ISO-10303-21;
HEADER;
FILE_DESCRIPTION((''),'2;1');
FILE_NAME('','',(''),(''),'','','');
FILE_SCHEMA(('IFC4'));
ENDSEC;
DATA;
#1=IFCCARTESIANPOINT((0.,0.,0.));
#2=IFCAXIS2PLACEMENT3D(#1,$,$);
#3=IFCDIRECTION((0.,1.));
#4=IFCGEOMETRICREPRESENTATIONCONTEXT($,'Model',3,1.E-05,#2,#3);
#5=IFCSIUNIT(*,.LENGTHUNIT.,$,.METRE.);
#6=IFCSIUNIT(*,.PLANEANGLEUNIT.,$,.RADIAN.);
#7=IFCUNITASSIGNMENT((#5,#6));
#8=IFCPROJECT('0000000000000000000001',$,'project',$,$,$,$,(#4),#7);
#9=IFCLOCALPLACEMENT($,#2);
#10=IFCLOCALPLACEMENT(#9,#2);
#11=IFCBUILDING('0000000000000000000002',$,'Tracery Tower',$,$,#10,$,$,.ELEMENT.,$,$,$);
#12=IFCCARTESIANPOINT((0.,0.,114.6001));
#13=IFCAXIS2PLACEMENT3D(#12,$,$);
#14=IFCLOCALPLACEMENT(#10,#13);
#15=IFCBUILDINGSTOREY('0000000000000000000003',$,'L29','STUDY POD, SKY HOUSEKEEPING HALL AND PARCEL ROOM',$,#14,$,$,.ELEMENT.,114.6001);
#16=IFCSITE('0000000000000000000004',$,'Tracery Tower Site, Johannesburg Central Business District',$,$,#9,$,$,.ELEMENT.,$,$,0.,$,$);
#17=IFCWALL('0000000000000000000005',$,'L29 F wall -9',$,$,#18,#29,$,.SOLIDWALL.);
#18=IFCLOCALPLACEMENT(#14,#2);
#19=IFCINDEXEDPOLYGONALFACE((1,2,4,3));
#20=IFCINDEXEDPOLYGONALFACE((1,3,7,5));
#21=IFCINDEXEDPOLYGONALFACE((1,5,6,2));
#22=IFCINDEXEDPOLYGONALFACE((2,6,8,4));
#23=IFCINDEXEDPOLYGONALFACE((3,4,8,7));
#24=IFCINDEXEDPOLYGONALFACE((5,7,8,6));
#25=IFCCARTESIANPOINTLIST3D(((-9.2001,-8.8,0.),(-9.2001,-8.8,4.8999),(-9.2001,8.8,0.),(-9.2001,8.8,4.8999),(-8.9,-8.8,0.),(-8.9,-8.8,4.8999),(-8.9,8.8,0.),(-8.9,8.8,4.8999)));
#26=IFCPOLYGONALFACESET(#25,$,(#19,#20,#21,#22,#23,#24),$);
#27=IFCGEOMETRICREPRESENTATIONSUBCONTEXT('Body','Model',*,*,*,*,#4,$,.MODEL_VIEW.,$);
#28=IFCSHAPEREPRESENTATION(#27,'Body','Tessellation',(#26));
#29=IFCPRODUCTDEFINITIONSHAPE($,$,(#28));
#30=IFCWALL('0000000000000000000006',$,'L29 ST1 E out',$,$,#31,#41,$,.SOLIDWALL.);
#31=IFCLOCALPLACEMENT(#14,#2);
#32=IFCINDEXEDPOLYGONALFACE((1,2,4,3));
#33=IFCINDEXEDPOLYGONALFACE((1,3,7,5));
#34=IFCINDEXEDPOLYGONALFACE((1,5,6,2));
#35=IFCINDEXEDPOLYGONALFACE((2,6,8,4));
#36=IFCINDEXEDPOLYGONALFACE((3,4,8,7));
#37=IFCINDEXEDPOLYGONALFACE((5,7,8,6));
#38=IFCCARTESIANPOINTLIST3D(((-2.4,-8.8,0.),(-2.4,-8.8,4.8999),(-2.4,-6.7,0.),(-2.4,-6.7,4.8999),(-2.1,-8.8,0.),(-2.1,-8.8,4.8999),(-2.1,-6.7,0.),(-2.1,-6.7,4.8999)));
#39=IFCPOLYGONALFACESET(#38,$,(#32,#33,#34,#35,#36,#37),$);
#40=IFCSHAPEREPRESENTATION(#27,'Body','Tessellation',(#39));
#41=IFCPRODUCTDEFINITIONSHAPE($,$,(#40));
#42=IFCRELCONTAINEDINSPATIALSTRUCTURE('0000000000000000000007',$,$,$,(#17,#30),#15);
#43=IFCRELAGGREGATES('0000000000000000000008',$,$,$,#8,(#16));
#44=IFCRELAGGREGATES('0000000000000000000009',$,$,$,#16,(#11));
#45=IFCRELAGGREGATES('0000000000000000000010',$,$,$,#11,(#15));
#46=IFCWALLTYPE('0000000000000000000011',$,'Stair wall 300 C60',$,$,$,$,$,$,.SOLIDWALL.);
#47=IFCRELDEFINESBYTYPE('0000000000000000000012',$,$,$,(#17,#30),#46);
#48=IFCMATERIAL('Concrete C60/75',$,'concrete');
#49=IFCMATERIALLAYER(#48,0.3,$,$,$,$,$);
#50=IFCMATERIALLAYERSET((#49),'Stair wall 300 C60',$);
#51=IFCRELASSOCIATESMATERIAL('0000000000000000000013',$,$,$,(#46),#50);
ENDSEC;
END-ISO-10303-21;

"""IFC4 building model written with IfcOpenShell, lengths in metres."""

from ifc_helpers import new_model, si_unit, direction, frame, frame_2d, origin, place, context, subcontext, project, spatial, rectangle, extrude, material, layer, layer_set, type_object, element, save


model = new_model("IFC4")

# Units and contexts
model_context = context("Model", 3, precision=1e-05, world=origin(), true_north=direction((0.0, 1.0)))
body_context = subcontext(model_context, "Body", "Model", "MODEL_VIEW")
ifc_project = project(units=[si_unit("LENGTHUNIT", "METRE"), si_unit("PLANEANGLEUNIT", "RADIAN")], contexts=[model_context])

# Site, building, storey
site_placement = place(None, origin())
site = spatial("IfcSite", under=ifc_project, at=site_placement, Name="Tracery Tower Site, Johannesburg Central Business District", CompositionType="ELEMENT", RefElevation=0.0)
building_placement = place(site_placement, origin())
building = spatial("IfcBuilding", under=site, at=building_placement, Name="Tracery Tower", CompositionType="ELEMENT")
storey_placement = place(building_placement, frame((0.0, 0.0, 114.6001)))
storey = spatial("IfcBuildingStorey", under=building, at=storey_placement, Name="L29", Description="STUDY POD, SKY HOUSEKEEPING HALL AND PARCEL ROOM", CompositionType="ELEMENT", Elevation=114.6001)

# Wall
ifc_material_1 = material(Name="Concrete C60/75", Category="concrete")
ifc_layer_1 = layer(ifc_material_1, 0.3)
ifc_layer_set_1 = layer_set([ifc_layer_1], Name="Stair wall 300 C60")
wall_type_1 = type_object("IfcWallType", Name="Stair wall 300 C60", PredefinedType="SOLIDWALL", material=ifc_layer_set_1)
wall_1_placement = place(storey_placement, frame((-9.05, -8.8, 0.0), z_axis=(0.0, 0.0, 1.0), x_axis=(0.0, 1.0, 0.0)))
element("IfcWall", 1, at=wall_1_placement, inside=storey, type_object=wall_type_1, Name="L29 F wall -9", PredefinedType="SOLIDWALL", context=body_context, shape_type="SweptSolid", body=[
    extrude(rectangle(XDim=17.6001, YDim=0.3, at=frame_2d((8.8, 0.0))), origin(), (0.0, 0.0, 1.0), 4.8999),
])

# Wall
wall_2_placement = place(storey_placement, frame((-2.25, -8.8, 0.0), z_axis=(0.0, 0.0, 1.0), x_axis=(0.0, 1.0, 0.0)))
element("IfcWall", 2, at=wall_2_placement, inside=storey, type_object=wall_type_1, Name="L29 ST1 E out", PredefinedType="SOLIDWALL", context=body_context, shape_type="SweptSolid", body=[
    extrude(rectangle(XDim=2.1001, YDim=0.3, at=frame_2d((1.05, 0.0))), origin(), (0.0, 0.0, 1.0), 4.8999),
])

save(model, "model.ifc")
